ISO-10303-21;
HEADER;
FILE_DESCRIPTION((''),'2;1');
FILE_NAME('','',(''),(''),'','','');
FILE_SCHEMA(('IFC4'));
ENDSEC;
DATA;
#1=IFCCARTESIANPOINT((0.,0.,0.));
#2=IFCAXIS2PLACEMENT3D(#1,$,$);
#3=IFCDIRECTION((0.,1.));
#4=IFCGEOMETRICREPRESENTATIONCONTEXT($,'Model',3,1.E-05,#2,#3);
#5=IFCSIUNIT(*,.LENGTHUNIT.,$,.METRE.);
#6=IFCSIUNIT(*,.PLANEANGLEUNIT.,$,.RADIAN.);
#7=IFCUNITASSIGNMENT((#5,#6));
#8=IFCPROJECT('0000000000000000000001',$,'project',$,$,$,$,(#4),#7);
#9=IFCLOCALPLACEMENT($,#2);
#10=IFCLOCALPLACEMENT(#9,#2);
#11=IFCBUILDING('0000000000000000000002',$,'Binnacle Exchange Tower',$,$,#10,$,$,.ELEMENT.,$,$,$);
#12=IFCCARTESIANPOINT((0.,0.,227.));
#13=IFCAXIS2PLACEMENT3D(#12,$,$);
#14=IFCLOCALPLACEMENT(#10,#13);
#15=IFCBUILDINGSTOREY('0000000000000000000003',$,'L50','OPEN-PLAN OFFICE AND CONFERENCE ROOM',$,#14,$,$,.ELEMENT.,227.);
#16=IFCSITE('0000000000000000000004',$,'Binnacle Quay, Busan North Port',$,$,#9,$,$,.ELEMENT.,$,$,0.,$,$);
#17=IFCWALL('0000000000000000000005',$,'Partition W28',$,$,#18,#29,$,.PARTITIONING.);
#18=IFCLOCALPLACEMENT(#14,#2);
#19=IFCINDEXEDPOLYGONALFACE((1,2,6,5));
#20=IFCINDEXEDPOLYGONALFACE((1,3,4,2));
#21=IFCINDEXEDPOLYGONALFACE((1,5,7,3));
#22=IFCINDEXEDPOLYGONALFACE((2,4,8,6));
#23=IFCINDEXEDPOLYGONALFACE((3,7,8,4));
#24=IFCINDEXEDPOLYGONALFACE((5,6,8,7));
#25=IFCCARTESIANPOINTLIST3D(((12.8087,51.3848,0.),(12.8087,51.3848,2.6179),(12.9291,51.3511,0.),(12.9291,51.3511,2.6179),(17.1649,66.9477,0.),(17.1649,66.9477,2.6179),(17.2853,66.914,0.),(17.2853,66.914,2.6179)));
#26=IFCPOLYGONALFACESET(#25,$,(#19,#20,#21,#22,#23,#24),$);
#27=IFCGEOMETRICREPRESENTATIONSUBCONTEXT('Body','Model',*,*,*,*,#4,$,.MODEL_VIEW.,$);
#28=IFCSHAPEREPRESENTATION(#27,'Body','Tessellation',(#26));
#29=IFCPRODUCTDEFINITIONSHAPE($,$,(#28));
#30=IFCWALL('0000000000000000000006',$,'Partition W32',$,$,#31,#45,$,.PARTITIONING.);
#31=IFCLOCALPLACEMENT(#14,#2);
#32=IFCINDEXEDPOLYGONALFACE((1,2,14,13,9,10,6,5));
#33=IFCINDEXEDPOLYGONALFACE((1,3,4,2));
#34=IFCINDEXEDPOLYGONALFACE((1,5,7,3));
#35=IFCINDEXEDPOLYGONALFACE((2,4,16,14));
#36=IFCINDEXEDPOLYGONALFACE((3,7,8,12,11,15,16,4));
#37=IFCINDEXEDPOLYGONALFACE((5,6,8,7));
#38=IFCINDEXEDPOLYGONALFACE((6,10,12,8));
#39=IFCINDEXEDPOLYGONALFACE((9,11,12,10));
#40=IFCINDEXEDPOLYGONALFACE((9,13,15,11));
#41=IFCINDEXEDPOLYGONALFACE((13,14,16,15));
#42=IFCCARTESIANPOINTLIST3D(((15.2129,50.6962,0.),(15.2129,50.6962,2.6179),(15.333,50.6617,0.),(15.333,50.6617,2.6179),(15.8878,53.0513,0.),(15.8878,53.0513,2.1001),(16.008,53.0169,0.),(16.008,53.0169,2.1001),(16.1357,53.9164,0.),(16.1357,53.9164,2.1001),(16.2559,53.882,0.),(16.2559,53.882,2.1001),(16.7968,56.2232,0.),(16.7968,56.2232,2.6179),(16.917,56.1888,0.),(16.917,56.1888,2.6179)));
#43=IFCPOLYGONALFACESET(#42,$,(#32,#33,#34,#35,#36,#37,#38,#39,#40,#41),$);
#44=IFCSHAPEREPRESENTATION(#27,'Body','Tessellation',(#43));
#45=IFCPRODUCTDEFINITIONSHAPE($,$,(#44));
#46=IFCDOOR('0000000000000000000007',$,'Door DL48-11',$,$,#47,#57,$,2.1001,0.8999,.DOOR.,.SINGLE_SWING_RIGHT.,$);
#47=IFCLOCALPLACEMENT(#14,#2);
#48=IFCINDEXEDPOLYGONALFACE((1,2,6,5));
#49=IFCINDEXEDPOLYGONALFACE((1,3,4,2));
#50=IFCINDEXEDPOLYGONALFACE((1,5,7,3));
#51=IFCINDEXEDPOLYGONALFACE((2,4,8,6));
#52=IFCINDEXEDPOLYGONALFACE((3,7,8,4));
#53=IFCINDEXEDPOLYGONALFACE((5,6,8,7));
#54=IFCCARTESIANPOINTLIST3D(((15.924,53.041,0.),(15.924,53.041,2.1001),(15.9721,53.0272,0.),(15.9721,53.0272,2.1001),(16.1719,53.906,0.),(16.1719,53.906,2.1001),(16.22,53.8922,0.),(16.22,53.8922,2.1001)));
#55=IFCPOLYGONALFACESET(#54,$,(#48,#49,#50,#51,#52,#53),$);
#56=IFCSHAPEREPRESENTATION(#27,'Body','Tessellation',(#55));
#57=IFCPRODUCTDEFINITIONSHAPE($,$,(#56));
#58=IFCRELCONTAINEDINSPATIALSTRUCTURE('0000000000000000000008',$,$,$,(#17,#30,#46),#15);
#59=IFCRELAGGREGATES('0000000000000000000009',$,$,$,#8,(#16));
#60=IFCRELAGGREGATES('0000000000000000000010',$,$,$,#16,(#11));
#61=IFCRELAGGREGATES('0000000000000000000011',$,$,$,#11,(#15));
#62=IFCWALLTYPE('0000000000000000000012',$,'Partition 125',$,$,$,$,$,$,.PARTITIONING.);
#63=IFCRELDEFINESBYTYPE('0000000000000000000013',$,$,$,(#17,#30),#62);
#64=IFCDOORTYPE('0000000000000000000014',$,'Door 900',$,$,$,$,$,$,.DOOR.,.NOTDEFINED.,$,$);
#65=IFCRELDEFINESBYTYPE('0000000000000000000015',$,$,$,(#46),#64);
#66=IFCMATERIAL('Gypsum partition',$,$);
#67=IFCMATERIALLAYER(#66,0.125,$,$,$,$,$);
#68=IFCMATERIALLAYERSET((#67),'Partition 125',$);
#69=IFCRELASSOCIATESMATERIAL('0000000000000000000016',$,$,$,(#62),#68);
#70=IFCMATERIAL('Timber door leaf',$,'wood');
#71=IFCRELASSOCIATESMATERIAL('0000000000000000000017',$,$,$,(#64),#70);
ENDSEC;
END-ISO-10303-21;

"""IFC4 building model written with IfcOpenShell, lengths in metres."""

from ifc_helpers import new_model, si_unit, direction, frame, frame_2d, origin, place, context, subcontext, project, spatial, rectangle, extrude, material, layer, layer_set, type_object, element, fill, save


model = new_model("IFC4")

# Units and contexts
model_context = context("Model", 3, precision=1e-05, world=origin(), true_north=direction((0.0, 1.0)))
body_context = subcontext(model_context, "Body", "Model", "MODEL_VIEW")
ifc_project = project(units=[si_unit("LENGTHUNIT", "METRE"), si_unit("PLANEANGLEUNIT", "RADIAN")], contexts=[model_context])

# Site, building, storey
site_placement = place(None, origin())
site = spatial("IfcSite", under=ifc_project, at=site_placement, Name="Binnacle Quay, Busan North Port", CompositionType="ELEMENT", RefElevation=0.0)
building_placement = place(site_placement, origin())
building = spatial("IfcBuilding", under=site, at=building_placement, Name="Binnacle Exchange Tower", CompositionType="ELEMENT")
storey_placement = place(building_placement, frame((0.0, 0.0, 227.0)))
storey = spatial("IfcBuildingStorey", under=building, at=storey_placement, Name="L50", Description="OPEN-PLAN OFFICE AND CONFERENCE ROOM", CompositionType="ELEMENT", Elevation=227.0)

# Shared definitions
ifc_material_1 = material(Name="Gypsum partition")
ifc_layer = layer(ifc_material_1, 0.125)
ifc_layer_set = layer_set([ifc_layer], Name="Partition 125")
wall_type = type_object("IfcWallType", Name="Partition 125", PredefinedType="PARTITIONING", material=ifc_layer_set)
ifc_material_2 = material(Name="Timber door leaf", Category="wood")
door_type_1 = type_object("IfcDoorType", Name="Door 900", OperationType="NOTDEFINED", PredefinedType="DOOR", material=ifc_material_2)

# Wall
wall_1_placement = place(storey_placement, frame((12.8689, 51.3679, 0.0), z_axis=(0.0, 0.0, 1.0), x_axis=(0.269548, 0.962987, 0.0)))
element("IfcWall", 1, at=wall_1_placement, inside=storey, type_object=wall_type, Name="Partition W28", PredefinedType="PARTITIONING", context=body_context, shape_type="SweptSolid", body=[
    extrude(rectangle(XDim=16.1611, YDim=0.125, at=frame_2d((8.0806, 0.0))), origin(), (0.0, 0.0, 1.0), 2.6179),
])

# Wall, opening, door
wall_2_placement = place(storey_placement, frame((15.2729, 50.679, 0.0), z_axis=(0.0, 0.0, 1.0), x_axis=(0.275495, 0.961303, 0.0)))
wall_2 = element("IfcWall", 2, at=wall_2_placement, inside=storey, type_object=wall_type, Name="Partition W32", PredefinedType="PARTITIONING", context=body_context, shape_type="SweptSolid", body=[
    extrude(rectangle(XDim=5.7495, YDim=0.125, at=frame_2d((2.8748, 0.0))), origin(), (0.0, 0.0, 1.0), 2.6179),
])
opening_1_placement = place(wall_2_placement, frame((2.45, 0.0, 0.0)))
opening_1 = element("IfcOpeningElement", 3, at=opening_1_placement, cuts=wall_2, PredefinedType="OPENING", context=body_context, shape_type="SweptSolid", body=[
    extrude(rectangle(XDim=0.8999, YDim=2.1001, at=frame_2d((0.45, 1.05))), frame((0.0, 0.0725, 0.0), z_axis=(0.0, -1.0, 0.0), x_axis=(1.0, 0.0, 0.0)), (0.0, 0.0, 1.0), 0.145),
])
door_1_placement = place(opening_1_placement, origin())
door_1 = element("IfcDoor", 4, at=door_1_placement, inside=storey, type_object=door_type_1, Name="Door DL48-11", OperationType="SINGLE_SWING_RIGHT", OverallHeight=2.1001, OverallWidth=0.8999, PredefinedType="DOOR", context=body_context, shape_type="SweptSolid", body=[
    extrude(rectangle(XDim=0.8999, YDim=2.1001, at=frame_2d((0.45, 1.05))), frame((0.0, 0.0249, 0.0), z_axis=(0.0, -1.0, 0.0), x_axis=(1.0, 0.0, 0.0)), (0.0, 0.0, 1.0), 0.05),
])
fill(opening_1, door_1)

save(model, "model.ifc")
